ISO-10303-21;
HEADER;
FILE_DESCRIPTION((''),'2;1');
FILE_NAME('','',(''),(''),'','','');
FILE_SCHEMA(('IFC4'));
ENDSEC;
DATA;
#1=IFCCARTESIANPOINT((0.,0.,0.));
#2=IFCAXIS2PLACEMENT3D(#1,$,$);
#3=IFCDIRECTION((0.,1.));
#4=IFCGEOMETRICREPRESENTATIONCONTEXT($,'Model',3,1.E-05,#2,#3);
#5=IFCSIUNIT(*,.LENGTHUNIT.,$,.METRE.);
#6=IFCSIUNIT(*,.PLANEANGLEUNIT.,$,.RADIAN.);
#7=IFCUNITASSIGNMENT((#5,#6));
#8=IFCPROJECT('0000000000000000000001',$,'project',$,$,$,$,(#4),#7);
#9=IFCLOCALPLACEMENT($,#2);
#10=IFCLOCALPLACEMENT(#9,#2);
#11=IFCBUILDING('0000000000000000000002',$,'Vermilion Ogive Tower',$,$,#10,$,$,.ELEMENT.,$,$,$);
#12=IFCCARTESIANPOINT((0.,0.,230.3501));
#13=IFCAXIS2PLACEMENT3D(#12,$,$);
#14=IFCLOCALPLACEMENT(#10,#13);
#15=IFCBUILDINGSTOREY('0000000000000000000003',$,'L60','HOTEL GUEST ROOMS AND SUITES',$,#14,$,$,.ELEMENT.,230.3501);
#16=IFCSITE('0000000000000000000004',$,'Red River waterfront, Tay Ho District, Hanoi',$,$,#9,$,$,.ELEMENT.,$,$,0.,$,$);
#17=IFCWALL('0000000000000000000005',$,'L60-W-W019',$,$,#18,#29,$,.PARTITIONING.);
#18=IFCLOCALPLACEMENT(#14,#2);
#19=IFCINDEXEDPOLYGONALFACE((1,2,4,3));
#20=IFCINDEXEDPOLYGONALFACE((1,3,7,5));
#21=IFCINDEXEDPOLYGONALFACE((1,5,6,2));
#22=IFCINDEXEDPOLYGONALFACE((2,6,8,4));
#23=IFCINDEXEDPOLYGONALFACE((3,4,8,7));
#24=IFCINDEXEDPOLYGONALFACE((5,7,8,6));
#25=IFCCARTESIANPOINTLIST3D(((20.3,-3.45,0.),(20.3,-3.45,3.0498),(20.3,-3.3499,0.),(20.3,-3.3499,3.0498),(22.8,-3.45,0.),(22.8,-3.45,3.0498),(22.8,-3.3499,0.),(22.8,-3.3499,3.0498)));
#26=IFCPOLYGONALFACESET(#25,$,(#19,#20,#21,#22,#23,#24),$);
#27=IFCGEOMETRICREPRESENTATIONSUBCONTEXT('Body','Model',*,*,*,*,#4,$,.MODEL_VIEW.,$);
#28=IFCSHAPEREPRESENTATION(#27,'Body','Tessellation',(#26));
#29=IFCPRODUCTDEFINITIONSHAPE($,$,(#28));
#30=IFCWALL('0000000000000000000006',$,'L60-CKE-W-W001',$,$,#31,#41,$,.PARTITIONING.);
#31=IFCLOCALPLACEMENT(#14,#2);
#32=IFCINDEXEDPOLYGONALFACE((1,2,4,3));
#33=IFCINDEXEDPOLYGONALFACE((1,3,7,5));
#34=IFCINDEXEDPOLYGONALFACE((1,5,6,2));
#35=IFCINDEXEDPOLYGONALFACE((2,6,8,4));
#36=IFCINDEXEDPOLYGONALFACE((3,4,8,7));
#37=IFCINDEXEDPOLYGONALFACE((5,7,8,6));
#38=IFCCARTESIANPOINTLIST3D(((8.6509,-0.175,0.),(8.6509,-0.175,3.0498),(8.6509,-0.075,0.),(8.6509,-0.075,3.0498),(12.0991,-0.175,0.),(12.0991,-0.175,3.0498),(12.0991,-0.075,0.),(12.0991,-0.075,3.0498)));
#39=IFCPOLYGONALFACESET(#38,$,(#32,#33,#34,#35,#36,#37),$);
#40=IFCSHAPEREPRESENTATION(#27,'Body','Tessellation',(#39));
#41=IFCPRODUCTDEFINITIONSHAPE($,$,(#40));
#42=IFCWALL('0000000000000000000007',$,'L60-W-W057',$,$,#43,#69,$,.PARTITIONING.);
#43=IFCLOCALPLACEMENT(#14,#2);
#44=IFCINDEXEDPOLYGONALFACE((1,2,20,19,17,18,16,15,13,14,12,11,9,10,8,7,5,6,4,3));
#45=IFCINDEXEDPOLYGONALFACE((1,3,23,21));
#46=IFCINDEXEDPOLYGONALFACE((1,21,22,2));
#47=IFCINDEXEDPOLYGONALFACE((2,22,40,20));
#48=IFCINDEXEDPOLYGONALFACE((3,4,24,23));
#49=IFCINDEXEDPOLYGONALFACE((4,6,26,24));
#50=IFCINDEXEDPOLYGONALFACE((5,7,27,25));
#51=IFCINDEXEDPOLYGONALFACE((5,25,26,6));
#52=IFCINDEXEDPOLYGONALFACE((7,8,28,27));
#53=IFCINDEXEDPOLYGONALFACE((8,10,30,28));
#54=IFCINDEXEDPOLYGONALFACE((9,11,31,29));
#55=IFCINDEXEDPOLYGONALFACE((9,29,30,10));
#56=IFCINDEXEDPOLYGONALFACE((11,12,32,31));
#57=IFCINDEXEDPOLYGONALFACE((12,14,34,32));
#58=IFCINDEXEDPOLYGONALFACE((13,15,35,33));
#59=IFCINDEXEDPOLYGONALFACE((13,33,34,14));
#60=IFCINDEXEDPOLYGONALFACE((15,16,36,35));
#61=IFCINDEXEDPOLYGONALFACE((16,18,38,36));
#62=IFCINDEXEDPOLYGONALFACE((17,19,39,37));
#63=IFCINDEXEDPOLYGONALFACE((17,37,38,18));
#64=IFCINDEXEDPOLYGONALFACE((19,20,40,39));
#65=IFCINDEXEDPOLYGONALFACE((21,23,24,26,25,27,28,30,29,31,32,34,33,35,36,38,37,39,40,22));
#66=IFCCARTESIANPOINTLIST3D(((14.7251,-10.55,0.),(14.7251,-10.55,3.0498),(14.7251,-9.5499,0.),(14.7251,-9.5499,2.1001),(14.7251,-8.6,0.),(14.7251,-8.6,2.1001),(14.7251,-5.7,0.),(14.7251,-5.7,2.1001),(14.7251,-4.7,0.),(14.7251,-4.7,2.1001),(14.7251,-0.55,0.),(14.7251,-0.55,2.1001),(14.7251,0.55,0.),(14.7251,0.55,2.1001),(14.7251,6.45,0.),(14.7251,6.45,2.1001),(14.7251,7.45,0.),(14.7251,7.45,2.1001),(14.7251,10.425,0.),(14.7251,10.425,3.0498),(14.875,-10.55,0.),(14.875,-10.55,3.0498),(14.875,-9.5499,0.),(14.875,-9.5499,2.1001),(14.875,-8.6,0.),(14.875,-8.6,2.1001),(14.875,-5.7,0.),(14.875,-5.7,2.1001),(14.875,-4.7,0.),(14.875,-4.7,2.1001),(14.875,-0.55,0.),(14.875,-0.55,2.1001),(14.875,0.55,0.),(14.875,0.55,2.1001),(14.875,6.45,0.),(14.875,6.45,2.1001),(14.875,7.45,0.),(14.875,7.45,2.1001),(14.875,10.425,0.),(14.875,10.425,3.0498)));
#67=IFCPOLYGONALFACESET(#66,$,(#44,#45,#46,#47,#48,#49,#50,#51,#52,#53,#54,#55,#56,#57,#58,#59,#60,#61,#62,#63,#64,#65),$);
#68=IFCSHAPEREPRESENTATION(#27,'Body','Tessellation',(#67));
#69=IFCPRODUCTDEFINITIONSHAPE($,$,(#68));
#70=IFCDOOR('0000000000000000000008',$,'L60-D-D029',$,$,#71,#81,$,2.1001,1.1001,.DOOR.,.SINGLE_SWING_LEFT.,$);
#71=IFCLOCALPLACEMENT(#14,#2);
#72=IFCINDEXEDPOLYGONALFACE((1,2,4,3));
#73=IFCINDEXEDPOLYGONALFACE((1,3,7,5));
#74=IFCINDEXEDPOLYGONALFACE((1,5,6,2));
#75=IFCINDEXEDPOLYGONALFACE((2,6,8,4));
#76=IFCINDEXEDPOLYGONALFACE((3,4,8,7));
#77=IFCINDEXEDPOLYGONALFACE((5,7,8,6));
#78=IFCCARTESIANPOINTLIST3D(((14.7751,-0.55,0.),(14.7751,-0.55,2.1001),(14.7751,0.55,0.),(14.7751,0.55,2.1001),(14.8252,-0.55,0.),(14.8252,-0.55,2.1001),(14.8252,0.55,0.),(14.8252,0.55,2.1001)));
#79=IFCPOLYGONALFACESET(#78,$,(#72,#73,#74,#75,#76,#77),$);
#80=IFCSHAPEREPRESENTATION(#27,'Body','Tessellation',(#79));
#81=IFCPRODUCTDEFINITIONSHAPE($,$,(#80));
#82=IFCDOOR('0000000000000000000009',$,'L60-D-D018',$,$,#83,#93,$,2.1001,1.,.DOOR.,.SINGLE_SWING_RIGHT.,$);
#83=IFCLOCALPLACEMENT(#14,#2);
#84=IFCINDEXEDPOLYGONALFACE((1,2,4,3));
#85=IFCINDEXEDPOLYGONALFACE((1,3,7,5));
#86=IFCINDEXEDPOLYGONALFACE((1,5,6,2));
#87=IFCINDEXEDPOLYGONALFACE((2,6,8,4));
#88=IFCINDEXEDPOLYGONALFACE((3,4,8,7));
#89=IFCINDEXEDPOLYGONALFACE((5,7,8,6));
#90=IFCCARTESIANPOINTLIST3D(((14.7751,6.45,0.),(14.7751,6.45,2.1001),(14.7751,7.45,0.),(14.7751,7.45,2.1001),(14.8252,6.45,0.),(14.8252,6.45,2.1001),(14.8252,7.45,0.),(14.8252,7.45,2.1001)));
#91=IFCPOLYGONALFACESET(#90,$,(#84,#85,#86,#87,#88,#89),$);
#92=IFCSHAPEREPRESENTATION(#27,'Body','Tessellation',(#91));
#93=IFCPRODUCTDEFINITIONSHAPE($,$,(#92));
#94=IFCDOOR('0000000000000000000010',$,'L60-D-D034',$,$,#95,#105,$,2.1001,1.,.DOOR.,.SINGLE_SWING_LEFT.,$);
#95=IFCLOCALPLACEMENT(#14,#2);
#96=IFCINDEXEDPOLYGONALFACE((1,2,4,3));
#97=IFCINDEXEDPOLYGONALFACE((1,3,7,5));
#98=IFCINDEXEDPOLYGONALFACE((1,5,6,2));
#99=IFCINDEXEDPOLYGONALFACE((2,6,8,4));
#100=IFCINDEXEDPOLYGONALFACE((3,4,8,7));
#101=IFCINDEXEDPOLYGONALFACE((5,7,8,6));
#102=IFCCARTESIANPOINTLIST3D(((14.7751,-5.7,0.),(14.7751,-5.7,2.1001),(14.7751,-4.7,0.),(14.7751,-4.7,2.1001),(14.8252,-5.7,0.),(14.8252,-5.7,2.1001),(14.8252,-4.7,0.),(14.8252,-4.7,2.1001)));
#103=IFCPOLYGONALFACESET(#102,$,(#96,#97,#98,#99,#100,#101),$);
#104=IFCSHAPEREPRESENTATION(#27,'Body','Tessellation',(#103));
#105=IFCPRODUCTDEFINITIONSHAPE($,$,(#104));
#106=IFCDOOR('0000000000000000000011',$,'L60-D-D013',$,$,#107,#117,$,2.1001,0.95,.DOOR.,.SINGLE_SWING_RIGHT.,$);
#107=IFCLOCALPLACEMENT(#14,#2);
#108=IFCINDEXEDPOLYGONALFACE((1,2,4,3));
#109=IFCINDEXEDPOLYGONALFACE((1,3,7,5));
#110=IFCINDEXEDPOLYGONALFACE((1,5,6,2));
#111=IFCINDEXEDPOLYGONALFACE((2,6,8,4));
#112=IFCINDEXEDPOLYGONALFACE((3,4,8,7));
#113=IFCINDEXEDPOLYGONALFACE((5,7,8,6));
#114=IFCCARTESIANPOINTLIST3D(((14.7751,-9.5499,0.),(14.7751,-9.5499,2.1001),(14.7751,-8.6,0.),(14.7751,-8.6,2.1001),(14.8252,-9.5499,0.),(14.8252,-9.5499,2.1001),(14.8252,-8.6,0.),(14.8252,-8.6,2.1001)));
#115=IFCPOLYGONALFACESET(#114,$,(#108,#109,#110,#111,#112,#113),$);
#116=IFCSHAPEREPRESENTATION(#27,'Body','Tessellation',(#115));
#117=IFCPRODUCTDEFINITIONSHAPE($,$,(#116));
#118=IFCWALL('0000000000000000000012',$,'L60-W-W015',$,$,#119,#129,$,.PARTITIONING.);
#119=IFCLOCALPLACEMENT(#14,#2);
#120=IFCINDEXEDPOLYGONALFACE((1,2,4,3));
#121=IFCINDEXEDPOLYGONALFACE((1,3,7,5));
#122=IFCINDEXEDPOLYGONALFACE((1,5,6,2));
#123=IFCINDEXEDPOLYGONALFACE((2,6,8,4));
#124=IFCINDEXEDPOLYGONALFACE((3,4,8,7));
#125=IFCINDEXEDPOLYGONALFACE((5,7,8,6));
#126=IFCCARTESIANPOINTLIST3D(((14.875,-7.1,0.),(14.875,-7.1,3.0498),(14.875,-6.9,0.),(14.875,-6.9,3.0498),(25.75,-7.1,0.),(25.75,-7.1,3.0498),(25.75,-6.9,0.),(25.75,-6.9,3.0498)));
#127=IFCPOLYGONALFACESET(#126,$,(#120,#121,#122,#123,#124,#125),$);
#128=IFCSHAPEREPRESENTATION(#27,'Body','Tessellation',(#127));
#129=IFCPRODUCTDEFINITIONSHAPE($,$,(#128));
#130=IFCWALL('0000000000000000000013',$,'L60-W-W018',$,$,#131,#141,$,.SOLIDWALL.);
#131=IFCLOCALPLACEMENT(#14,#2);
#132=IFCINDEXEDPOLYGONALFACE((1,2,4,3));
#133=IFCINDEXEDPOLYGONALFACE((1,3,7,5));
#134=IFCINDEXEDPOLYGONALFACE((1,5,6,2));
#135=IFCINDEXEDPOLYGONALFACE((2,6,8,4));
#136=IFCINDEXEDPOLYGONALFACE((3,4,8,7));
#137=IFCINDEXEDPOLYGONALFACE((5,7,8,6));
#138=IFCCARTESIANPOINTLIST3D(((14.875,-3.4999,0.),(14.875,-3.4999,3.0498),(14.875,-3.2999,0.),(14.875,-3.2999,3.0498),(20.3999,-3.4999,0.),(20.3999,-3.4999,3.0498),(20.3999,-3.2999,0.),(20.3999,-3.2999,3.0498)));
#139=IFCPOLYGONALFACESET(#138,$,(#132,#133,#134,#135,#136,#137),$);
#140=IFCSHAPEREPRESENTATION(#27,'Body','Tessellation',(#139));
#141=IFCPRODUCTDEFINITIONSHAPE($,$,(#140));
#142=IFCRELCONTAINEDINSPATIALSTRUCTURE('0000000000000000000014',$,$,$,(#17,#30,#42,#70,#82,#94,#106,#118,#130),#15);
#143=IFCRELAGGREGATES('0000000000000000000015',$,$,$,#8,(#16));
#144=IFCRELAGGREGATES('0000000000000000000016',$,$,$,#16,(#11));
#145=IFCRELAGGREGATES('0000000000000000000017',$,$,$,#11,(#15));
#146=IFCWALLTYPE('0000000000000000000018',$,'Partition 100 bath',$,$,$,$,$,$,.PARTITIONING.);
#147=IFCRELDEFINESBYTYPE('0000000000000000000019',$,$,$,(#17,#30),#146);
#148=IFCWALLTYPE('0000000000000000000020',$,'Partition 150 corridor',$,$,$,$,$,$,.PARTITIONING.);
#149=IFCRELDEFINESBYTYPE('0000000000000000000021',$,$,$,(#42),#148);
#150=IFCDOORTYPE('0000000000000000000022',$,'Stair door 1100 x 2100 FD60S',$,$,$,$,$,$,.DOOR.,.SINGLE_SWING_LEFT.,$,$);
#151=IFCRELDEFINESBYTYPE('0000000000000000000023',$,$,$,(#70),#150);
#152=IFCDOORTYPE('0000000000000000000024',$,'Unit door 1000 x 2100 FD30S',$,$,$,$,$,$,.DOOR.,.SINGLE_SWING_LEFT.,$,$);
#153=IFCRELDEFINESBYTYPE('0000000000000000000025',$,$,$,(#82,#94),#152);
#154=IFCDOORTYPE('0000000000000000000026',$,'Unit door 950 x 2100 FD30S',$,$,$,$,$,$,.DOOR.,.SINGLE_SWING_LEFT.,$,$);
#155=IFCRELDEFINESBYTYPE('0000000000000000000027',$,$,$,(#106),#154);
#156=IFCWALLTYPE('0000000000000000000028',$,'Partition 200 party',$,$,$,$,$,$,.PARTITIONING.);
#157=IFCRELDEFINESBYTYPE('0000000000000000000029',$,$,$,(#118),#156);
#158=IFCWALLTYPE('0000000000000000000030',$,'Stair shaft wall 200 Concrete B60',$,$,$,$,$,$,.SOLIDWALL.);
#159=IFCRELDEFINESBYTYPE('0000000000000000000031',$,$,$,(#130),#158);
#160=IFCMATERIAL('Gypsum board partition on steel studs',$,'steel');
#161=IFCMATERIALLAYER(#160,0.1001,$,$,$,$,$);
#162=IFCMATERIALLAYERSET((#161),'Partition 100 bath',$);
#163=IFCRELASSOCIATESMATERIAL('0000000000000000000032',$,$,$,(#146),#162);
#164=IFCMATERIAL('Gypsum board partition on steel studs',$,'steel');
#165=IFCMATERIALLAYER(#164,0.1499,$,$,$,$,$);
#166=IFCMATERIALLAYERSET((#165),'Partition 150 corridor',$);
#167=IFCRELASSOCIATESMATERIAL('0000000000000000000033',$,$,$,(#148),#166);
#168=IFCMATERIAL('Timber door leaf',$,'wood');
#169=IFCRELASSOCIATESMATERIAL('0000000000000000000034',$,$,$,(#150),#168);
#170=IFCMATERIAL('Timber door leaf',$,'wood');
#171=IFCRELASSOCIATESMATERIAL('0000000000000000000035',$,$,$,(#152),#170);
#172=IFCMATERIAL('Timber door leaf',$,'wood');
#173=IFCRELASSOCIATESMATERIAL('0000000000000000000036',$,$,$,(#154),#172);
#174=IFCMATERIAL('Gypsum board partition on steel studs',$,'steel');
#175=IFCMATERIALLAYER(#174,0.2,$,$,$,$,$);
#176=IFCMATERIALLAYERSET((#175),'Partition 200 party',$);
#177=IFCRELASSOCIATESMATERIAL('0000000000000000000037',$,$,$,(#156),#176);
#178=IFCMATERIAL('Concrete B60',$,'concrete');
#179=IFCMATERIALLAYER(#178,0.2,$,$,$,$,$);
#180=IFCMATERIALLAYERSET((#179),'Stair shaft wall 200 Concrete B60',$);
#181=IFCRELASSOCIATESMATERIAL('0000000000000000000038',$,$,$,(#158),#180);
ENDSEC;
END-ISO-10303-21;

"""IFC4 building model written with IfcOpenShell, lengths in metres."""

from ifc_helpers import new_model, si_unit, direction, frame, frame_2d, origin, place, context, subcontext, project, spatial, rectangle, extrude, material, layer, layer_set, type_object, element, fill, save


model = new_model("IFC4")

# Units and contexts
model_context = context("Model", 3, precision=1e-05, world=origin(), true_north=direction((0.0, 1.0)))
body_context = subcontext(model_context, "Body", "Model", "MODEL_VIEW")
ifc_project = project(units=[si_unit("LENGTHUNIT", "METRE"), si_unit("PLANEANGLEUNIT", "RADIAN")], contexts=[model_context])

# Site, building, storey
site_placement = place(None, origin())
site = spatial("IfcSite", under=ifc_project, at=site_placement, Name="Red River waterfront, Tay Ho District, Hanoi", CompositionType="ELEMENT", RefElevation=0.0)
building_placement = place(site_placement, origin())
building = spatial("IfcBuilding", under=site, at=building_placement, Name="Vermilion Ogive Tower", CompositionType="ELEMENT")
storey_placement = place(building_placement, frame((0.0, 0.0, 230.3501)))
storey = spatial("IfcBuildingStorey", under=building, at=storey_placement, Name="L60", Description="HOTEL GUEST ROOMS AND SUITES", CompositionType="ELEMENT", Elevation=230.3501)

# Walls
ifc_material_1 = material(Name="Gypsum board partition on steel studs", Category="steel")
ifc_layer_1 = layer(ifc_material_1, 0.1001)
ifc_layer_set_1 = layer_set([ifc_layer_1], Name="Partition 100 bath")
wall_type_1 = type_object("IfcWallType", Name="Partition 100 bath", PredefinedType="PARTITIONING", material=ifc_layer_set_1)
wall_1_placement = place(storey_placement, frame((20.3, -3.3999, 0.0), z_axis=(0.0, 0.0, 1.0), x_axis=(1.0, 0.0, 0.0)))
element("IfcWall", 1, at=wall_1_placement, inside=storey, type_object=wall_type_1, Name="L60-W-W019", PredefinedType="PARTITIONING", context=body_context, shape_type="SweptSolid", body=[
    extrude(rectangle(XDim=2.5, YDim=0.1001, at=frame_2d((1.25, 0.0))), origin(), (0.0, 0.0, 1.0), 3.0498),
])
wall_2_placement = place(storey_placement, frame((8.6509, -0.125, 0.0), z_axis=(0.0, 0.0, 1.0), x_axis=(1.0, 0.0, 0.0)))
element("IfcWall", 2, at=wall_2_placement, inside=storey, type_object=wall_type_1, Name="L60-CKE-W-W001", PredefinedType="PARTITIONING", context=body_context, shape_type="SweptSolid", body=[
    extrude(rectangle(XDim=3.4482, YDim=0.1001, at=frame_2d((1.7241, 0.0))), origin(), (0.0, 0.0, 1.0), 3.0498),
])

# Wall, openings, doors
ifc_material_2 = material(Name="Gypsum board partition on steel studs", Category="steel")
ifc_layer_2 = layer(ifc_material_2, 0.1499)
ifc_layer_set_2 = layer_set([ifc_layer_2], Name="Partition 150 corridor")
wall_type_2 = type_object("IfcWallType", Name="Partition 150 corridor", PredefinedType="PARTITIONING", material=ifc_layer_set_2)
wall_3_placement = place(storey_placement, frame((14.8, -10.55, 0.0), z_axis=(0.0, 0.0, 1.0), x_axis=(0.0, 1.0, 0.0)))
wall_3 = element("IfcWall", 3, at=wall_3_placement, inside=storey, type_object=wall_type_2, Name="L60-W-W057", PredefinedType="PARTITIONING", context=body_context, shape_type="SweptSolid", body=[
    extrude(rectangle(XDim=20.9751, YDim=0.1499, at=frame_2d((10.4875, 0.0))), origin(), (0.0, 0.0, 1.0), 3.0498),
])
opening_1_placement = place(wall_3_placement, frame((1.0, 0.0, 0.0)))
opening_1 = element("IfcOpeningElement", 4, at=opening_1_placement, cuts=wall_3, PredefinedType="OPENING", context=body_context, shape_type="SweptSolid", body=[
    extrude(rectangle(XDim=0.95, YDim=2.1001, at=frame_2d((0.4751, 1.05))), frame((0.0, 0.085, 0.0), z_axis=(0.0, -1.0, 0.0), x_axis=(1.0, 0.0, 0.0)), (0.0, 0.0, 1.0), 0.1699),
])
opening_2_placement = place(wall_3_placement, frame((17.0, 0.0, 0.0)))
opening_2 = element("IfcOpeningElement", 5, at=opening_2_placement, cuts=wall_3, PredefinedType="OPENING", context=body_context, shape_type="SweptSolid", body=[
    extrude(rectangle(XDim=1.0, YDim=2.1001, at=frame_2d((0.5, 1.05))), frame((0.0, 0.085, 0.0), z_axis=(0.0, -1.0, 0.0), x_axis=(1.0, 0.0, 0.0)), (0.0, 0.0, 1.0), 0.1699),
])
opening_3_placement = place(wall_3_placement, frame((10.0, 0.0, 0.0)))
opening_3 = element("IfcOpeningElement", 6, at=opening_3_placement, cuts=wall_3, PredefinedType="OPENING", context=body_context, shape_type="SweptSolid", body=[
    extrude(rectangle(XDim=1.1001, YDim=2.1001, at=frame_2d((0.55, 1.05))), frame((0.0, 0.085, 0.0), z_axis=(0.0, -1.0, 0.0), x_axis=(1.0, 0.0, 0.0)), (0.0, 0.0, 1.0), 0.1699),
])
opening_4_placement = place(wall_3_placement, frame((4.8501, 0.0, 0.0)))
opening_4 = element("IfcOpeningElement", 7, at=opening_4_placement, cuts=wall_3, PredefinedType="OPENING", context=body_context, shape_type="SweptSolid", body=[
    extrude(rectangle(XDim=1.0, YDim=2.1001, at=frame_2d((0.5, 1.05))), frame((0.0, 0.085, 0.0), z_axis=(0.0, -1.0, 0.0), x_axis=(1.0, 0.0, 0.0)), (0.0, 0.0, 1.0), 0.1699),
])
ifc_material_3 = material(Name="Timber door leaf", Category="wood")
door_type_1 = type_object("IfcDoorType", Name="Stair door 1100 x 2100 FD60S", OperationType="SINGLE_SWING_LEFT", PredefinedType="DOOR", material=ifc_material_3)
door_1_placement = place(opening_3_placement, origin())
door_1 = element("IfcDoor", 8, at=door_1_placement, inside=storey, type_object=door_type_1, Name="L60-D-D029", OperationType="SINGLE_SWING_LEFT", OverallHeight=2.1001, OverallWidth=1.1001, PredefinedType="DOOR", context=body_context, shape_type="SweptSolid", body=[
    extrude(rectangle(XDim=1.1001, YDim=2.1001, at=frame_2d((0.55, 1.05))), frame((0.0, 0.0249, 0.0), z_axis=(0.0, -1.0, 0.0), x_axis=(1.0, 0.0, 0.0)), (0.0, 0.0, 1.0), 0.05),
])
fill(opening_3, door_1)
ifc_material_4 = material(Name="Timber door leaf", Category="wood")
door_type_2 = type_object("IfcDoorType", Name="Unit door 1000 x 2100 FD30S", OperationType="SINGLE_SWING_LEFT", PredefinedType="DOOR", material=ifc_material_4)
door_2_placement = place(opening_2_placement, origin())
door_2 = element("IfcDoor", 9, at=door_2_placement, inside=storey, type_object=door_type_2, Name="L60-D-D018", OperationType="SINGLE_SWING_RIGHT", OverallHeight=2.1001, OverallWidth=1.0, PredefinedType="DOOR", context=body_context, shape_type="SweptSolid", body=[
    extrude(rectangle(XDim=1.0, YDim=2.1001, at=frame_2d((0.5, 1.05))), frame((0.0, 0.0249, 0.0), z_axis=(0.0, -1.0, 0.0), x_axis=(1.0, 0.0, 0.0)), (0.0, 0.0, 1.0), 0.05),
])
fill(opening_2, door_2)
door_3_placement = place(opening_4_placement, origin())
door_3 = element("IfcDoor", 10, at=door_3_placement, inside=storey, type_object=door_type_2, Name="L60-D-D034", OperationType="SINGLE_SWING_LEFT", OverallHeight=2.1001, OverallWidth=1.0, PredefinedType="DOOR", context=body_context, shape_type="SweptSolid", body=[
    extrude(rectangle(XDim=1.0, YDim=2.1001, at=frame_2d((0.5, 1.05))), frame((0.0, 0.0249, 0.0), z_axis=(0.0, -1.0, 0.0), x_axis=(1.0, 0.0, 0.0)), (0.0, 0.0, 1.0), 0.05),
])
fill(opening_4, door_3)
ifc_material_5 = material(Name="Timber door leaf", Category="wood")
door_type_3 = type_object("IfcDoorType", Name="Unit door 950 x 2100 FD30S", OperationType="SINGLE_SWING_LEFT", PredefinedType="DOOR", material=ifc_material_5)
door_4_placement = place(opening_1_placement, origin())
door_4 = element("IfcDoor", 11, at=door_4_placement, inside=storey, type_object=door_type_3, Name="L60-D-D013", OperationType="SINGLE_SWING_RIGHT", OverallHeight=2.1001, OverallWidth=0.95, PredefinedType="DOOR", context=body_context, shape_type="SweptSolid", body=[
    extrude(rectangle(XDim=0.95, YDim=2.1001, at=frame_2d((0.4751, 1.05))), frame((0.0, 0.0249, 0.0), z_axis=(0.0, -1.0, 0.0), x_axis=(1.0, 0.0, 0.0)), (0.0, 0.0, 1.0), 0.05),
])
fill(opening_1, door_4)

# Walls
ifc_material_6 = material(Name="Gypsum board partition on steel studs", Category="steel")
ifc_layer_3 = layer(ifc_material_6, 0.2)
ifc_layer_set_3 = layer_set([ifc_layer_3], Name="Partition 200 party")
wall_type_3 = type_object("IfcWallType", Name="Partition 200 party", PredefinedType="PARTITIONING", material=ifc_layer_set_3)
wall_4_placement = place(storey_placement, frame((14.875, -7.0, 0.0), z_axis=(0.0, 0.0, 1.0), x_axis=(1.0, 0.0, 0.0)))
element("IfcWall", 12, at=wall_4_placement, inside=storey, type_object=wall_type_3, Name="L60-W-W015", PredefinedType="PARTITIONING", context=body_context, shape_type="SweptSolid", body=[
    extrude(rectangle(XDim=10.875, YDim=0.2, at=frame_2d((5.4375, 0.0))), origin(), (0.0, 0.0, 1.0), 3.0498),
])
ifc_material_7 = material(Name="Concrete B60", Category="concrete")
ifc_layer_4 = layer(ifc_material_7, 0.2)
ifc_layer_set_4 = layer_set([ifc_layer_4], Name="Stair shaft wall 200 Concrete B60")
wall_type_4 = type_object("IfcWallType", Name="Stair shaft wall 200 Concrete B60", PredefinedType="SOLIDWALL", material=ifc_layer_set_4)
wall_5_placement = place(storey_placement, frame((14.875, -3.3999, 0.0), z_axis=(0.0, 0.0, 1.0), x_axis=(1.0, 0.0, 0.0)))
element("IfcWall", 13, at=wall_5_placement, inside=storey, type_object=wall_type_4, Name="L60-W-W018", PredefinedType="SOLIDWALL", context=body_context, shape_type="SweptSolid", body=[
    extrude(rectangle(XDim=5.5249, YDim=0.2, at=frame_2d((2.7625, 0.0))), origin(), (0.0, 0.0, 1.0), 3.0498),
])

save(model, "model.ifc")
